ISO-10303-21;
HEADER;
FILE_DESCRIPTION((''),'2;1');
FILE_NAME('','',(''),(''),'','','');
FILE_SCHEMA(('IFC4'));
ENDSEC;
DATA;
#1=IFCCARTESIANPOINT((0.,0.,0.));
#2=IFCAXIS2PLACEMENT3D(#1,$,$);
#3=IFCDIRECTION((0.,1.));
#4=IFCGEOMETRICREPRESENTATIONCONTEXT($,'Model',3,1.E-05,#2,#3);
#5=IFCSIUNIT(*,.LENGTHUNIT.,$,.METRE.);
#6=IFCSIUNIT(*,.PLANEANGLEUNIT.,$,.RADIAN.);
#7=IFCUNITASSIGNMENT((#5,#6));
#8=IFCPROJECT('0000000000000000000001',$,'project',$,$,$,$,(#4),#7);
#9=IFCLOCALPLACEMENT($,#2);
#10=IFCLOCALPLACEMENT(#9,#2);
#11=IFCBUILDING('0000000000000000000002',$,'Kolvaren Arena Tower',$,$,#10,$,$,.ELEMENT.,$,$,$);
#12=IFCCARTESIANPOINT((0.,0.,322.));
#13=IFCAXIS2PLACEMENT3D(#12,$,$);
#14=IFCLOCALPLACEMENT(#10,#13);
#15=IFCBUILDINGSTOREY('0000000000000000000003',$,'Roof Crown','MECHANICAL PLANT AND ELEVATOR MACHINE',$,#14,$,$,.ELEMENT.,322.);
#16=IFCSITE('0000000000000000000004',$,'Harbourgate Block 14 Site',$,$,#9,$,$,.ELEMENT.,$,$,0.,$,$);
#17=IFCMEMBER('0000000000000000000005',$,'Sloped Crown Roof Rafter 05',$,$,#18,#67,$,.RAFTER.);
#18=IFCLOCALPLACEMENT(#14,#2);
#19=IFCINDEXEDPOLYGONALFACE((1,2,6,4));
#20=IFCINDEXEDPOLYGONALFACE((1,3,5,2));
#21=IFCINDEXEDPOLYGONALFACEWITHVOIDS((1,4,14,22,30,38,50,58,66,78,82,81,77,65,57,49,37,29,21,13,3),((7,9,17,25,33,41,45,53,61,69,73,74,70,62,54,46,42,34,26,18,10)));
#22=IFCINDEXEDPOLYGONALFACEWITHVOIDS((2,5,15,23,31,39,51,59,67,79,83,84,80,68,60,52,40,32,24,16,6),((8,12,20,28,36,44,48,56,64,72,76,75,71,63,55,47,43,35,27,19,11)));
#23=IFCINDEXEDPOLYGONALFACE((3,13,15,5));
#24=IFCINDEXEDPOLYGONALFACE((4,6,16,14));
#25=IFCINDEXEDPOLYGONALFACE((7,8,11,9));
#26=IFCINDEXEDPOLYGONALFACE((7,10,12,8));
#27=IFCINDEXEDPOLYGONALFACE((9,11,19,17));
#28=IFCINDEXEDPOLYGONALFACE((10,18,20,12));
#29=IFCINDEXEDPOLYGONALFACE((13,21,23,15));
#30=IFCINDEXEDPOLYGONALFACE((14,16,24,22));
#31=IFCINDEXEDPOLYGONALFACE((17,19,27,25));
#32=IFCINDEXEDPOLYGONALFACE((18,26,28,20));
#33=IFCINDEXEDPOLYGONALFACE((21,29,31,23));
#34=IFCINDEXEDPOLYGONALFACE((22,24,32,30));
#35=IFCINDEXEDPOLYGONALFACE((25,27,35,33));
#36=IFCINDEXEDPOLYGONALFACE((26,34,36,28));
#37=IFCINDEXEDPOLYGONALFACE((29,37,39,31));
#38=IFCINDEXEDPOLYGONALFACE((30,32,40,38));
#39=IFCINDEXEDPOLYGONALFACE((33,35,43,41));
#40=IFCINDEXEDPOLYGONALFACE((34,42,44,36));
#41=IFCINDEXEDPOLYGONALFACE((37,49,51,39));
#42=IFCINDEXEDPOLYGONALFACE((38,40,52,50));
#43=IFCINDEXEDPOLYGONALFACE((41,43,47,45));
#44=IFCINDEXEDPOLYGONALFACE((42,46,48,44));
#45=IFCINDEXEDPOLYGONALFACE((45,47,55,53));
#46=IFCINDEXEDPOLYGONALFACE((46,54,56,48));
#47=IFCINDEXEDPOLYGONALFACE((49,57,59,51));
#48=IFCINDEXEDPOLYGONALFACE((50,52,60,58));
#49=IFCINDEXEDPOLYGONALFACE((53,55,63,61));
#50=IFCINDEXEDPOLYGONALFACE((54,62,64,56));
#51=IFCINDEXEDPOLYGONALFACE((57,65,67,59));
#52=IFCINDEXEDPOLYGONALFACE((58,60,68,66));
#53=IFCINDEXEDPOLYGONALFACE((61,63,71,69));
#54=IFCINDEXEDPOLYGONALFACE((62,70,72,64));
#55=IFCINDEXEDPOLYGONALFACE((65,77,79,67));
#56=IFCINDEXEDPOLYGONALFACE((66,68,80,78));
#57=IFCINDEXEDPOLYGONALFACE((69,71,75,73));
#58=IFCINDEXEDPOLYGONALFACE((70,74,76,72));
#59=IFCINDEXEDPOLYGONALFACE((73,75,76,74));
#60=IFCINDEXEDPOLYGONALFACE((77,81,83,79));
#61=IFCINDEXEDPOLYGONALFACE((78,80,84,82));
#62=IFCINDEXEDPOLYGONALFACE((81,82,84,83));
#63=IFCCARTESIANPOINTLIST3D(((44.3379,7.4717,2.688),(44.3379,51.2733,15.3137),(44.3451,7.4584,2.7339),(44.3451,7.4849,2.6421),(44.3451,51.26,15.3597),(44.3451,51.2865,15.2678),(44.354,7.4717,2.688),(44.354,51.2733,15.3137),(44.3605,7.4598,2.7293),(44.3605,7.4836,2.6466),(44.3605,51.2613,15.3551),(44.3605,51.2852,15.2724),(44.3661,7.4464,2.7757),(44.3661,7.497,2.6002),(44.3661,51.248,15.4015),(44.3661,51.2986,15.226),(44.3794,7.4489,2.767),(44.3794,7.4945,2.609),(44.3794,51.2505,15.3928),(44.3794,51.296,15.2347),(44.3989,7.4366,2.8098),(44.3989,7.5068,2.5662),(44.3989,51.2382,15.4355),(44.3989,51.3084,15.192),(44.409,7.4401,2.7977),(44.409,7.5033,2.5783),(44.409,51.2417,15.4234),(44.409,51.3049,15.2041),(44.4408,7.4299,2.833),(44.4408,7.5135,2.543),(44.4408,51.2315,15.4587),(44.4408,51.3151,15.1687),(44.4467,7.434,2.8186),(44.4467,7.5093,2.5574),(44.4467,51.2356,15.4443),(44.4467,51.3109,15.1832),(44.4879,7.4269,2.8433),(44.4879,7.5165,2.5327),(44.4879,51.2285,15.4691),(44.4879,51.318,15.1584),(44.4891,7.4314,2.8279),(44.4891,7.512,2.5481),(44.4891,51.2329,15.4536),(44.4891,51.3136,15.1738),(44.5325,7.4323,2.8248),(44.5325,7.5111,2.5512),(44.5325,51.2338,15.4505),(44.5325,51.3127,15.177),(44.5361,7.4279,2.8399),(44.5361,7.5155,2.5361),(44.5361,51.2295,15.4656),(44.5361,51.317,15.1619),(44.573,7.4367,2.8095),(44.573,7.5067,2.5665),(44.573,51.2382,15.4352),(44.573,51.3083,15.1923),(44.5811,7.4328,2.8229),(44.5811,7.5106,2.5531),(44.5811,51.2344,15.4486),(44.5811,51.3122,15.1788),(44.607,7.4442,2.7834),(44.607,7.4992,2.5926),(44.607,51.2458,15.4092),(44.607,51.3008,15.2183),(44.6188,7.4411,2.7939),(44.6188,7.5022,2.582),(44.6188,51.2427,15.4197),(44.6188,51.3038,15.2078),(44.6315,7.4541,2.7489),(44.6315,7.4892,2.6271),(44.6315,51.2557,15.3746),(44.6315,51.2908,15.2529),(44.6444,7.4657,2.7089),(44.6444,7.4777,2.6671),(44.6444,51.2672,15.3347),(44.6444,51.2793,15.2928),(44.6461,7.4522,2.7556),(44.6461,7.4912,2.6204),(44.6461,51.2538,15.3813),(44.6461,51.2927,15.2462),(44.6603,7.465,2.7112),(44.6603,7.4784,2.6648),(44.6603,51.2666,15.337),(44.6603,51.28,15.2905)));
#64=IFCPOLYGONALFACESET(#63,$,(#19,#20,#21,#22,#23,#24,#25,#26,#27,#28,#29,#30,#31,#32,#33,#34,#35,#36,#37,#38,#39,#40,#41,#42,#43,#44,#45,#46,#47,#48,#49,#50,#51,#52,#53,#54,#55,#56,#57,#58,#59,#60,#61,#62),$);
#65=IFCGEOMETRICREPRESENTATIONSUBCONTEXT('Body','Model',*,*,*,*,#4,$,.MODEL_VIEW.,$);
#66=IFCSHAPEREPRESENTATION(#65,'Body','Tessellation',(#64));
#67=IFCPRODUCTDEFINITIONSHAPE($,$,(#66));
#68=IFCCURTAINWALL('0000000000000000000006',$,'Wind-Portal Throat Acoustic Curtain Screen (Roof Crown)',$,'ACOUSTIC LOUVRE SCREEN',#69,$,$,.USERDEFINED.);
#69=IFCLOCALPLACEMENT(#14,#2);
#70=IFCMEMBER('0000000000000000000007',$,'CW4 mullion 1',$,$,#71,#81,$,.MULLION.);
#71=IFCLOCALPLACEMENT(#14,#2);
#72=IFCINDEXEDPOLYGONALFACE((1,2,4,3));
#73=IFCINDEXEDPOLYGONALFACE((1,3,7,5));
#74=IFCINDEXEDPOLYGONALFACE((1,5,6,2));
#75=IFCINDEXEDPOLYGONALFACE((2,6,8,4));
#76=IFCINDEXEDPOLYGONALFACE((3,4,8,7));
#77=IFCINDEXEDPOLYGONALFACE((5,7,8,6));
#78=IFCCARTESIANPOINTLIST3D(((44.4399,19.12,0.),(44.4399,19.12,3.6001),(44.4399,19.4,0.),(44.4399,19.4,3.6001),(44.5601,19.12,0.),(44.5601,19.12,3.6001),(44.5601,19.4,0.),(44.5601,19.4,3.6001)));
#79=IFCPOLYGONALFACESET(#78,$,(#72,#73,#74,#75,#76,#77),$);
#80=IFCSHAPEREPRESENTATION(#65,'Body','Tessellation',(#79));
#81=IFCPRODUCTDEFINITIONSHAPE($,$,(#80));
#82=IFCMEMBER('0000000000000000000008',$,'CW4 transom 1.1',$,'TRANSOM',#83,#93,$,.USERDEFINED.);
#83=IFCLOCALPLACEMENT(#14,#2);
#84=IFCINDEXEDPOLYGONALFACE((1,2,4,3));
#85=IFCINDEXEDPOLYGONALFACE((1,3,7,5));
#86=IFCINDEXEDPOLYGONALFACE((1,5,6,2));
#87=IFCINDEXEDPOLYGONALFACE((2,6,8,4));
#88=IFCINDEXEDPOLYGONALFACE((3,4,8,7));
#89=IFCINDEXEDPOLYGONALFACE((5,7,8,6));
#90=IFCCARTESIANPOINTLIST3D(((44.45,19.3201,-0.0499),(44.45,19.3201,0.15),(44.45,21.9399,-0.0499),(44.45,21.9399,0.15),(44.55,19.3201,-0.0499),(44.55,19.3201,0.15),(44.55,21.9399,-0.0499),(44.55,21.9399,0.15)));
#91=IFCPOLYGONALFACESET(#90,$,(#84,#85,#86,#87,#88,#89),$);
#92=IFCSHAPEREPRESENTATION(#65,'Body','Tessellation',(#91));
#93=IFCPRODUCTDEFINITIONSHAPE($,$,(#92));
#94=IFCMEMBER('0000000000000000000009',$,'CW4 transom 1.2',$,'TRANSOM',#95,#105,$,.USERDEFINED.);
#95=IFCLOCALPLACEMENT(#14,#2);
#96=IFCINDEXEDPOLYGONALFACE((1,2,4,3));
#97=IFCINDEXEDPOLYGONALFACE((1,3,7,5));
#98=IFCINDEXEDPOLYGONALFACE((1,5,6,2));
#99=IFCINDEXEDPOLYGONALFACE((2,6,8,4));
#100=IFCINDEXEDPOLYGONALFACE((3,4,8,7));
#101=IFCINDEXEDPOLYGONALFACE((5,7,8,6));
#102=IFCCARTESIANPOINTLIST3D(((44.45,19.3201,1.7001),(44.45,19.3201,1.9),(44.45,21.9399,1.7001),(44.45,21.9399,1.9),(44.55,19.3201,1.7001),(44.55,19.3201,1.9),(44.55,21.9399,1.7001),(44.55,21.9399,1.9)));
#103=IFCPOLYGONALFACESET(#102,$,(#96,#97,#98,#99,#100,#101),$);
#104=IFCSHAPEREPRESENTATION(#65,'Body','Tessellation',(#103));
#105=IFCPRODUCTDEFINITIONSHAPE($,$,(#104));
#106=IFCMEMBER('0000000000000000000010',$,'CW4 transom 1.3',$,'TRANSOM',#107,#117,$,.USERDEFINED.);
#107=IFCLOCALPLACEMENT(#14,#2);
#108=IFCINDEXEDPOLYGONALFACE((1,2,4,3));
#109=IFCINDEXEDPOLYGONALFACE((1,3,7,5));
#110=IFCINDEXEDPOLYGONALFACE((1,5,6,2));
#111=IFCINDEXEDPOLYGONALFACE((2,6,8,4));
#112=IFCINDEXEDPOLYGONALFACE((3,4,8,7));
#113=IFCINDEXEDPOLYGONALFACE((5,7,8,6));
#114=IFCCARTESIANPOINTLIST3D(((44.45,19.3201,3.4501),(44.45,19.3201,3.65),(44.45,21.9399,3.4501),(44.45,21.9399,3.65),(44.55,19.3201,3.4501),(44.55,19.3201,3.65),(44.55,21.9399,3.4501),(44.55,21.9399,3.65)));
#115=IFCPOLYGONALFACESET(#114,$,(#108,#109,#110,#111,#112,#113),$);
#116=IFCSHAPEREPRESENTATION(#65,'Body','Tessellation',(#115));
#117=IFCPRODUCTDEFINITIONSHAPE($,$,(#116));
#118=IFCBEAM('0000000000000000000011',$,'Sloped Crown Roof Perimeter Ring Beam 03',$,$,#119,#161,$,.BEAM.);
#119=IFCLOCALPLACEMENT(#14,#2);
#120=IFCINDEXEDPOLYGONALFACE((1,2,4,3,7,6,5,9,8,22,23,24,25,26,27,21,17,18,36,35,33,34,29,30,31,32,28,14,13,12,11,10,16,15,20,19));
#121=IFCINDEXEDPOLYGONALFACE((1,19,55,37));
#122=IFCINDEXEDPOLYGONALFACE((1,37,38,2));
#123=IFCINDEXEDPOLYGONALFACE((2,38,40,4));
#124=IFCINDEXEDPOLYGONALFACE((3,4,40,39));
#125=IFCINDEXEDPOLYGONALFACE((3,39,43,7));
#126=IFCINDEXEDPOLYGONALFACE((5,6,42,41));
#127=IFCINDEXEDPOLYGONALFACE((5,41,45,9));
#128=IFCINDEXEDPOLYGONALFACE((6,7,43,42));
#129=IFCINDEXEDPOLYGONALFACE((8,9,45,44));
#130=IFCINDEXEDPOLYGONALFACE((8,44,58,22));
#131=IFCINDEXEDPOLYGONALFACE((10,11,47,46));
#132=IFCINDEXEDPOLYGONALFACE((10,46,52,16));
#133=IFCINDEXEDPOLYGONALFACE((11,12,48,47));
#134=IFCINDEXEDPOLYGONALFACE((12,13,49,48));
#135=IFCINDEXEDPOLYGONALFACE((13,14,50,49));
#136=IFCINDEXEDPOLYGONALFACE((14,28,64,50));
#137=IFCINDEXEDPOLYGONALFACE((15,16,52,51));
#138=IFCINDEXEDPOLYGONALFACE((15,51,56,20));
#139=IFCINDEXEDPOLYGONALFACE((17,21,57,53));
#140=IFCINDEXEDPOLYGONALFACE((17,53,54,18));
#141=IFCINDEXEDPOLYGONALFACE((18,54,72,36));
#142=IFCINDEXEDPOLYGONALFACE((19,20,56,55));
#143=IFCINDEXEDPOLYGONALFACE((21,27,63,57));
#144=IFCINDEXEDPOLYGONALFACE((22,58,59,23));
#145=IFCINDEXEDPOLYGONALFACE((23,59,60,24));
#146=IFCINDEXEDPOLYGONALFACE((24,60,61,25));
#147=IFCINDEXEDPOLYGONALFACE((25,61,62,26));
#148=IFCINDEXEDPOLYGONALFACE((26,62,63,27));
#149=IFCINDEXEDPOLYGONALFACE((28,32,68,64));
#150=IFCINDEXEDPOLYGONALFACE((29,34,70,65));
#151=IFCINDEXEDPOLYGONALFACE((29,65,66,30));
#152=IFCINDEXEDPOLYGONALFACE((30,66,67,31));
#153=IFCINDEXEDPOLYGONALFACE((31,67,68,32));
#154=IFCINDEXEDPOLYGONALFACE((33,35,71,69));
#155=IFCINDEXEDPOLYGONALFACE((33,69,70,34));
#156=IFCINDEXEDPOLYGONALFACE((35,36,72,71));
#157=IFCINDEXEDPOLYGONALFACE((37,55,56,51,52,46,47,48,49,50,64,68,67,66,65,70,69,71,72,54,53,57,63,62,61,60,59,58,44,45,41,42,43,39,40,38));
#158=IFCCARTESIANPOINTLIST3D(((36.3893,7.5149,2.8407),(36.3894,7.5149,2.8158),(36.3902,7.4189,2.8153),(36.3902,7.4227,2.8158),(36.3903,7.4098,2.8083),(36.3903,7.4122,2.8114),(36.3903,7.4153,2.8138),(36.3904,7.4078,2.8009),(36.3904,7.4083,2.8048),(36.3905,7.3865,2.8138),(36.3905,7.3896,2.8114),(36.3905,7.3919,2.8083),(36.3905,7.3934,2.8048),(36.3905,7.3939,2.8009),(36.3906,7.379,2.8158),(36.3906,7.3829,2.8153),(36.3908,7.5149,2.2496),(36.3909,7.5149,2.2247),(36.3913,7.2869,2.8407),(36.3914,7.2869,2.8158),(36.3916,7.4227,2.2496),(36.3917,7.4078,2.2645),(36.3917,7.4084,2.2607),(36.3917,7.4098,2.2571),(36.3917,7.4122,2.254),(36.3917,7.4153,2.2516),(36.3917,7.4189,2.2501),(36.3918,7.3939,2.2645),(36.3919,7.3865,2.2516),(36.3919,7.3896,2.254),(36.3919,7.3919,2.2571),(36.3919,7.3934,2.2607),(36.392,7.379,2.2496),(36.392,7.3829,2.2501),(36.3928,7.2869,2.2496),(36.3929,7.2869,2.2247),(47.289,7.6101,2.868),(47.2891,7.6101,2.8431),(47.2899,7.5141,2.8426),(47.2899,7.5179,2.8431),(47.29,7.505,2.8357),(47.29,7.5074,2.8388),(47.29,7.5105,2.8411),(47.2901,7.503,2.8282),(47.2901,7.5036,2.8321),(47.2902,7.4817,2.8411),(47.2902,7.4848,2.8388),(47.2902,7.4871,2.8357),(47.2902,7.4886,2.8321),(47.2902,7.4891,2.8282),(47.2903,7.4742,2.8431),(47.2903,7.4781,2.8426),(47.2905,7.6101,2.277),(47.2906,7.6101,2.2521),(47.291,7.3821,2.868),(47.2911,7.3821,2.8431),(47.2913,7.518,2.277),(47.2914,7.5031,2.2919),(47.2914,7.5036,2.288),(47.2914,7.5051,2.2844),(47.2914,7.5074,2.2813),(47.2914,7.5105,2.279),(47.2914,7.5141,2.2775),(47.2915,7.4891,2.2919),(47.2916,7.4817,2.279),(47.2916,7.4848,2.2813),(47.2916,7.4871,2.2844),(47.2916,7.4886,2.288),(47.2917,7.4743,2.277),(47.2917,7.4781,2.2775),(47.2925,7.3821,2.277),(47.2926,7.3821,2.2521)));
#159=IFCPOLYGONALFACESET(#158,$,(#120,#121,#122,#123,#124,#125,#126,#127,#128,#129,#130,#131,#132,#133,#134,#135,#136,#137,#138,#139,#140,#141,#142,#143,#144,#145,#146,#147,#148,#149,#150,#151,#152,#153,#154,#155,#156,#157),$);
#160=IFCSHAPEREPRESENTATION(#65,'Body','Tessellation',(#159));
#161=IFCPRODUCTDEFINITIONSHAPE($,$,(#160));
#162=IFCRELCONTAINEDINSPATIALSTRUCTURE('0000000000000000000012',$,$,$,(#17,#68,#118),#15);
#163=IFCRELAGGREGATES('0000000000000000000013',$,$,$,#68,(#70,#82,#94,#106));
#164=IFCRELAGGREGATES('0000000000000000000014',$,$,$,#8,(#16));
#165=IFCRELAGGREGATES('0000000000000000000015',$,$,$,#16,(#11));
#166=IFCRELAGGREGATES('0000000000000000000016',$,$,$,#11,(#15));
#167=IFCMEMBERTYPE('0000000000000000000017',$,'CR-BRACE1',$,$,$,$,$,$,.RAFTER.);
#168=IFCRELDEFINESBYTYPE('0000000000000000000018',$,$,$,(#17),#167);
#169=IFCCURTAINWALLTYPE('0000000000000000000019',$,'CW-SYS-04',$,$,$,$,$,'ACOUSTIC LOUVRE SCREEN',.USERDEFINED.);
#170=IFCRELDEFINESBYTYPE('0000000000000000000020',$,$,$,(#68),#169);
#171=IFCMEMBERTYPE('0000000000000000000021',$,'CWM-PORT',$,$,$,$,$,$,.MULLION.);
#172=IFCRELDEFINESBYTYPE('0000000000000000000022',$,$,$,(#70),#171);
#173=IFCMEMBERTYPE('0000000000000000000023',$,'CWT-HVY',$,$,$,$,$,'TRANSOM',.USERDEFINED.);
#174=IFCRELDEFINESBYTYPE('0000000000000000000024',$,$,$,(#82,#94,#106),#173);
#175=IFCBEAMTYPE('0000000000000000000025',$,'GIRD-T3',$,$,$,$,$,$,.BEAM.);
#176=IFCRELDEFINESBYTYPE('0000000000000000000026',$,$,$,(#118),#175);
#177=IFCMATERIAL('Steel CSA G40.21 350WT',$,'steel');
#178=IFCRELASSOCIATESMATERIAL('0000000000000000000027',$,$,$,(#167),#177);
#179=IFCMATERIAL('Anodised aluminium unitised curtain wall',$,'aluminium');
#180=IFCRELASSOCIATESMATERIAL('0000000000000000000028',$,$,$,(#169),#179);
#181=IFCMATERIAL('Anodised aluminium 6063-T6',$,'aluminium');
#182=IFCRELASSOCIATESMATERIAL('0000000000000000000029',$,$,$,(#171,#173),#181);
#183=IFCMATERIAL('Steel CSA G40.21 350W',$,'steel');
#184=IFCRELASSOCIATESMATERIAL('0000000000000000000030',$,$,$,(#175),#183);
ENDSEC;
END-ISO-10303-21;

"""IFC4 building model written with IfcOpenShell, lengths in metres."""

from ifc_helpers import new_model, si_unit, direction, frame, origin, origin_2d, place, context, subcontext, project, spatial, rectangle, hollow_circle, i_section, extrude, material, material_profile, profile_set, type_object, element, aggregate, save


model = new_model("IFC4")

# Units and contexts
model_context = context("Model", 3, precision=1e-05, world=origin(), true_north=direction((0.0, 1.0)))
body_context = subcontext(model_context, "Body", "Model", "MODEL_VIEW")
ifc_project = project(units=[si_unit("LENGTHUNIT", "METRE"), si_unit("PLANEANGLEUNIT", "RADIAN")], contexts=[model_context])

# Site, building, storey
site_placement = place(None, origin())
site = spatial("IfcSite", under=ifc_project, at=site_placement, Name="Harbourgate Block 14 Site", CompositionType="ELEMENT", RefElevation=0.0)
building_placement = place(site_placement, origin())
building = spatial("IfcBuilding", under=site, at=building_placement, Name="Kolvaren Arena Tower", CompositionType="ELEMENT")
storey_placement = place(building_placement, frame((0.0, 0.0, 322.0)))
storey = spatial("IfcBuildingStorey", under=building, at=storey_placement, Name="Roof Crown", Description="MECHANICAL PLANT AND ELEVATOR MACHINE", CompositionType="ELEMENT", Elevation=322.0)

# Member
ifc_material_1 = material(Name="Steel CSA G40.21 350WT", Category="steel")
ifc_material_profile_1 = material_profile(ifc_material_1, hollow_circle(Radius=0.1621, WallThickness=0.0161, at=origin_2d()), Name="CHS 324x16")
ifc_profile_set_1 = profile_set([ifc_material_profile_1], Name="Steel CSA G40.21 350WT")
member_type_1 = type_object("IfcMemberType", Name="CR-BRACE1", PredefinedType="RAFTER", material=ifc_profile_set_1)
member_1_placement = place(storey_placement, frame((44.5, 7.4717, 2.688), z_axis=(0.0, 0.960878, 0.276972), x_axis=(-1.0, 0.0, 0.0)))
element("IfcMember", 1, at=member_1_placement, inside=storey, type_object=member_type_1, Name="Sloped Crown Roof Rafter 05", PredefinedType="RAFTER", context=body_context, shape_type="SweptSolid", body=[
    extrude(hollow_circle(Radius=0.1621, WallThickness=0.0161, at=origin_2d()), origin(), (0.0, 0.0, 1.0), 45.585),
])

# Curtain wall, members
ifc_material_2 = material(Name="Anodised aluminium unitised curtain wall", Category="aluminium")
curtain_wall_type = type_object("IfcCurtainWallType", Name="CW-SYS-04", ElementType="ACOUSTIC LOUVRE SCREEN", PredefinedType="USERDEFINED", material=ifc_material_2)
curtain_wall_placement = place(storey_placement, origin())
curtain_wall = element("IfcCurtainWall", 2, at=curtain_wall_placement, inside=storey, type_object=curtain_wall_type, Name="Wind-Portal Throat Acoustic Curtain Screen (Roof Crown)", ObjectType="ACOUSTIC LOUVRE SCREEN", PredefinedType="USERDEFINED")
ifc_material_3 = material(Name="Anodised aluminium 6063-T6", Category="aluminium")
ifc_material_profile_2 = material_profile(ifc_material_3, rectangle(XDim=0.1201, YDim=0.28, at=origin_2d()), Name="ALU-120x280")
ifc_profile_set_2 = profile_set([ifc_material_profile_2], Name="Anodised aluminium 6063-T6")
member_type_2 = type_object("IfcMemberType", Name="CWM-PORT", PredefinedType="MULLION", material=ifc_profile_set_2)
member_2_placement = place(storey_placement, frame((44.5, 19.26, 0.0), z_axis=(0.0, 0.0, 1.0), x_axis=(-1.0, 0.0, 0.0)))
member_2 = element("IfcMember", 3, at=member_2_placement, type_object=member_type_2, Name="CW4 mullion 1", PredefinedType="MULLION", context=body_context, shape_type="SweptSolid", body=[
    extrude(rectangle(XDim=0.1201, YDim=0.28, at=origin_2d()), origin(), (0.0, 0.0, 1.0), 3.6001),
])
ifc_material_profile_3 = material_profile(ifc_material_3, rectangle(XDim=0.1001, YDim=0.2, at=origin_2d()), Name="ALU-100x200")
ifc_profile_set_3 = profile_set([ifc_material_profile_3], Name="Anodised aluminium 6063-T6")
member_type_3 = type_object("IfcMemberType", Name="CWT-HVY", ElementType="TRANSOM", PredefinedType="USERDEFINED", material=ifc_profile_set_3)
member_3_placement = place(storey_placement, frame((44.5, 19.3201, 0.05), z_axis=(0.0, 1.0, 0.0), x_axis=(-1.0, 0.0, 0.0)))
member_3 = element("IfcMember", 4, at=member_3_placement, type_object=member_type_3, Name="CW4 transom 1.1", ObjectType="TRANSOM", PredefinedType="USERDEFINED", context=body_context, shape_type="SweptSolid", body=[
    extrude(rectangle(XDim=0.1001, YDim=0.2, at=origin_2d()), origin(), (0.0, 0.0, 1.0), 2.6199),
])
member_4_placement = place(storey_placement, frame((44.5, 19.3201, 1.8), z_axis=(0.0, 1.0, 0.0), x_axis=(-1.0, 0.0, 0.0)))
member_4 = element("IfcMember", 5, at=member_4_placement, type_object=member_type_3, Name="CW4 transom 1.2", ObjectType="TRANSOM", PredefinedType="USERDEFINED", context=body_context, shape_type="SweptSolid", body=[
    extrude(rectangle(XDim=0.1001, YDim=0.2, at=origin_2d()), origin(), (0.0, 0.0, 1.0), 2.6199),
])
member_5_placement = place(storey_placement, frame((44.5, 19.3201, 3.55), z_axis=(0.0, 1.0, 0.0), x_axis=(-1.0, 0.0, 0.0)))
member_5 = element("IfcMember", 6, at=member_5_placement, type_object=member_type_3, Name="CW4 transom 1.3", ObjectType="TRANSOM", PredefinedType="USERDEFINED", context=body_context, shape_type="SweptSolid", body=[
    extrude(rectangle(XDim=0.1001, YDim=0.2, at=origin_2d()), origin(), (0.0, 0.0, 1.0), 2.6199),
])

# Beam
ifc_material_4 = material(Name="Steel CSA G40.21 350W", Category="steel")
ifc_material_profile_4 = material_profile(ifc_material_4, i_section(OverallWidth=0.228, OverallDepth=0.616, WebThickness=0.0139, FlangeThickness=0.0249, FilletRadius=0.0149, at=origin_2d()), Name="W610x174")
ifc_profile_set_4 = profile_set([ifc_material_profile_4], Name="Steel CSA G40.21 350W")
beam_type = type_object("IfcBeamType", Name="GIRD-T3", PredefinedType="BEAM", material=ifc_profile_set_4)
beam_1_placement = place(storey_placement, frame((36.3911, 7.4009, 2.5327), z_axis=(0.999959, 0.008735, 0.002509), x_axis=(-0.008735, 0.999962, 0.0)))
element("IfcBeam", 7, at=beam_1_placement, inside=storey, type_object=beam_type, Name="Sloped Crown Roof Perimeter Ring Beam 03", PredefinedType="BEAM", context=body_context, shape_type="SweptSolid", body=[
    extrude(i_section(OverallWidth=0.228, OverallDepth=0.616, WebThickness=0.0139, FlangeThickness=0.0249, FilletRadius=0.0149, at=origin_2d()), origin(), (0.0, 0.0, 1.0), 10.9001),
])

aggregate(curtain_wall, [member_2, member_3, member_4, member_5])

save(model, "model.ifc")
